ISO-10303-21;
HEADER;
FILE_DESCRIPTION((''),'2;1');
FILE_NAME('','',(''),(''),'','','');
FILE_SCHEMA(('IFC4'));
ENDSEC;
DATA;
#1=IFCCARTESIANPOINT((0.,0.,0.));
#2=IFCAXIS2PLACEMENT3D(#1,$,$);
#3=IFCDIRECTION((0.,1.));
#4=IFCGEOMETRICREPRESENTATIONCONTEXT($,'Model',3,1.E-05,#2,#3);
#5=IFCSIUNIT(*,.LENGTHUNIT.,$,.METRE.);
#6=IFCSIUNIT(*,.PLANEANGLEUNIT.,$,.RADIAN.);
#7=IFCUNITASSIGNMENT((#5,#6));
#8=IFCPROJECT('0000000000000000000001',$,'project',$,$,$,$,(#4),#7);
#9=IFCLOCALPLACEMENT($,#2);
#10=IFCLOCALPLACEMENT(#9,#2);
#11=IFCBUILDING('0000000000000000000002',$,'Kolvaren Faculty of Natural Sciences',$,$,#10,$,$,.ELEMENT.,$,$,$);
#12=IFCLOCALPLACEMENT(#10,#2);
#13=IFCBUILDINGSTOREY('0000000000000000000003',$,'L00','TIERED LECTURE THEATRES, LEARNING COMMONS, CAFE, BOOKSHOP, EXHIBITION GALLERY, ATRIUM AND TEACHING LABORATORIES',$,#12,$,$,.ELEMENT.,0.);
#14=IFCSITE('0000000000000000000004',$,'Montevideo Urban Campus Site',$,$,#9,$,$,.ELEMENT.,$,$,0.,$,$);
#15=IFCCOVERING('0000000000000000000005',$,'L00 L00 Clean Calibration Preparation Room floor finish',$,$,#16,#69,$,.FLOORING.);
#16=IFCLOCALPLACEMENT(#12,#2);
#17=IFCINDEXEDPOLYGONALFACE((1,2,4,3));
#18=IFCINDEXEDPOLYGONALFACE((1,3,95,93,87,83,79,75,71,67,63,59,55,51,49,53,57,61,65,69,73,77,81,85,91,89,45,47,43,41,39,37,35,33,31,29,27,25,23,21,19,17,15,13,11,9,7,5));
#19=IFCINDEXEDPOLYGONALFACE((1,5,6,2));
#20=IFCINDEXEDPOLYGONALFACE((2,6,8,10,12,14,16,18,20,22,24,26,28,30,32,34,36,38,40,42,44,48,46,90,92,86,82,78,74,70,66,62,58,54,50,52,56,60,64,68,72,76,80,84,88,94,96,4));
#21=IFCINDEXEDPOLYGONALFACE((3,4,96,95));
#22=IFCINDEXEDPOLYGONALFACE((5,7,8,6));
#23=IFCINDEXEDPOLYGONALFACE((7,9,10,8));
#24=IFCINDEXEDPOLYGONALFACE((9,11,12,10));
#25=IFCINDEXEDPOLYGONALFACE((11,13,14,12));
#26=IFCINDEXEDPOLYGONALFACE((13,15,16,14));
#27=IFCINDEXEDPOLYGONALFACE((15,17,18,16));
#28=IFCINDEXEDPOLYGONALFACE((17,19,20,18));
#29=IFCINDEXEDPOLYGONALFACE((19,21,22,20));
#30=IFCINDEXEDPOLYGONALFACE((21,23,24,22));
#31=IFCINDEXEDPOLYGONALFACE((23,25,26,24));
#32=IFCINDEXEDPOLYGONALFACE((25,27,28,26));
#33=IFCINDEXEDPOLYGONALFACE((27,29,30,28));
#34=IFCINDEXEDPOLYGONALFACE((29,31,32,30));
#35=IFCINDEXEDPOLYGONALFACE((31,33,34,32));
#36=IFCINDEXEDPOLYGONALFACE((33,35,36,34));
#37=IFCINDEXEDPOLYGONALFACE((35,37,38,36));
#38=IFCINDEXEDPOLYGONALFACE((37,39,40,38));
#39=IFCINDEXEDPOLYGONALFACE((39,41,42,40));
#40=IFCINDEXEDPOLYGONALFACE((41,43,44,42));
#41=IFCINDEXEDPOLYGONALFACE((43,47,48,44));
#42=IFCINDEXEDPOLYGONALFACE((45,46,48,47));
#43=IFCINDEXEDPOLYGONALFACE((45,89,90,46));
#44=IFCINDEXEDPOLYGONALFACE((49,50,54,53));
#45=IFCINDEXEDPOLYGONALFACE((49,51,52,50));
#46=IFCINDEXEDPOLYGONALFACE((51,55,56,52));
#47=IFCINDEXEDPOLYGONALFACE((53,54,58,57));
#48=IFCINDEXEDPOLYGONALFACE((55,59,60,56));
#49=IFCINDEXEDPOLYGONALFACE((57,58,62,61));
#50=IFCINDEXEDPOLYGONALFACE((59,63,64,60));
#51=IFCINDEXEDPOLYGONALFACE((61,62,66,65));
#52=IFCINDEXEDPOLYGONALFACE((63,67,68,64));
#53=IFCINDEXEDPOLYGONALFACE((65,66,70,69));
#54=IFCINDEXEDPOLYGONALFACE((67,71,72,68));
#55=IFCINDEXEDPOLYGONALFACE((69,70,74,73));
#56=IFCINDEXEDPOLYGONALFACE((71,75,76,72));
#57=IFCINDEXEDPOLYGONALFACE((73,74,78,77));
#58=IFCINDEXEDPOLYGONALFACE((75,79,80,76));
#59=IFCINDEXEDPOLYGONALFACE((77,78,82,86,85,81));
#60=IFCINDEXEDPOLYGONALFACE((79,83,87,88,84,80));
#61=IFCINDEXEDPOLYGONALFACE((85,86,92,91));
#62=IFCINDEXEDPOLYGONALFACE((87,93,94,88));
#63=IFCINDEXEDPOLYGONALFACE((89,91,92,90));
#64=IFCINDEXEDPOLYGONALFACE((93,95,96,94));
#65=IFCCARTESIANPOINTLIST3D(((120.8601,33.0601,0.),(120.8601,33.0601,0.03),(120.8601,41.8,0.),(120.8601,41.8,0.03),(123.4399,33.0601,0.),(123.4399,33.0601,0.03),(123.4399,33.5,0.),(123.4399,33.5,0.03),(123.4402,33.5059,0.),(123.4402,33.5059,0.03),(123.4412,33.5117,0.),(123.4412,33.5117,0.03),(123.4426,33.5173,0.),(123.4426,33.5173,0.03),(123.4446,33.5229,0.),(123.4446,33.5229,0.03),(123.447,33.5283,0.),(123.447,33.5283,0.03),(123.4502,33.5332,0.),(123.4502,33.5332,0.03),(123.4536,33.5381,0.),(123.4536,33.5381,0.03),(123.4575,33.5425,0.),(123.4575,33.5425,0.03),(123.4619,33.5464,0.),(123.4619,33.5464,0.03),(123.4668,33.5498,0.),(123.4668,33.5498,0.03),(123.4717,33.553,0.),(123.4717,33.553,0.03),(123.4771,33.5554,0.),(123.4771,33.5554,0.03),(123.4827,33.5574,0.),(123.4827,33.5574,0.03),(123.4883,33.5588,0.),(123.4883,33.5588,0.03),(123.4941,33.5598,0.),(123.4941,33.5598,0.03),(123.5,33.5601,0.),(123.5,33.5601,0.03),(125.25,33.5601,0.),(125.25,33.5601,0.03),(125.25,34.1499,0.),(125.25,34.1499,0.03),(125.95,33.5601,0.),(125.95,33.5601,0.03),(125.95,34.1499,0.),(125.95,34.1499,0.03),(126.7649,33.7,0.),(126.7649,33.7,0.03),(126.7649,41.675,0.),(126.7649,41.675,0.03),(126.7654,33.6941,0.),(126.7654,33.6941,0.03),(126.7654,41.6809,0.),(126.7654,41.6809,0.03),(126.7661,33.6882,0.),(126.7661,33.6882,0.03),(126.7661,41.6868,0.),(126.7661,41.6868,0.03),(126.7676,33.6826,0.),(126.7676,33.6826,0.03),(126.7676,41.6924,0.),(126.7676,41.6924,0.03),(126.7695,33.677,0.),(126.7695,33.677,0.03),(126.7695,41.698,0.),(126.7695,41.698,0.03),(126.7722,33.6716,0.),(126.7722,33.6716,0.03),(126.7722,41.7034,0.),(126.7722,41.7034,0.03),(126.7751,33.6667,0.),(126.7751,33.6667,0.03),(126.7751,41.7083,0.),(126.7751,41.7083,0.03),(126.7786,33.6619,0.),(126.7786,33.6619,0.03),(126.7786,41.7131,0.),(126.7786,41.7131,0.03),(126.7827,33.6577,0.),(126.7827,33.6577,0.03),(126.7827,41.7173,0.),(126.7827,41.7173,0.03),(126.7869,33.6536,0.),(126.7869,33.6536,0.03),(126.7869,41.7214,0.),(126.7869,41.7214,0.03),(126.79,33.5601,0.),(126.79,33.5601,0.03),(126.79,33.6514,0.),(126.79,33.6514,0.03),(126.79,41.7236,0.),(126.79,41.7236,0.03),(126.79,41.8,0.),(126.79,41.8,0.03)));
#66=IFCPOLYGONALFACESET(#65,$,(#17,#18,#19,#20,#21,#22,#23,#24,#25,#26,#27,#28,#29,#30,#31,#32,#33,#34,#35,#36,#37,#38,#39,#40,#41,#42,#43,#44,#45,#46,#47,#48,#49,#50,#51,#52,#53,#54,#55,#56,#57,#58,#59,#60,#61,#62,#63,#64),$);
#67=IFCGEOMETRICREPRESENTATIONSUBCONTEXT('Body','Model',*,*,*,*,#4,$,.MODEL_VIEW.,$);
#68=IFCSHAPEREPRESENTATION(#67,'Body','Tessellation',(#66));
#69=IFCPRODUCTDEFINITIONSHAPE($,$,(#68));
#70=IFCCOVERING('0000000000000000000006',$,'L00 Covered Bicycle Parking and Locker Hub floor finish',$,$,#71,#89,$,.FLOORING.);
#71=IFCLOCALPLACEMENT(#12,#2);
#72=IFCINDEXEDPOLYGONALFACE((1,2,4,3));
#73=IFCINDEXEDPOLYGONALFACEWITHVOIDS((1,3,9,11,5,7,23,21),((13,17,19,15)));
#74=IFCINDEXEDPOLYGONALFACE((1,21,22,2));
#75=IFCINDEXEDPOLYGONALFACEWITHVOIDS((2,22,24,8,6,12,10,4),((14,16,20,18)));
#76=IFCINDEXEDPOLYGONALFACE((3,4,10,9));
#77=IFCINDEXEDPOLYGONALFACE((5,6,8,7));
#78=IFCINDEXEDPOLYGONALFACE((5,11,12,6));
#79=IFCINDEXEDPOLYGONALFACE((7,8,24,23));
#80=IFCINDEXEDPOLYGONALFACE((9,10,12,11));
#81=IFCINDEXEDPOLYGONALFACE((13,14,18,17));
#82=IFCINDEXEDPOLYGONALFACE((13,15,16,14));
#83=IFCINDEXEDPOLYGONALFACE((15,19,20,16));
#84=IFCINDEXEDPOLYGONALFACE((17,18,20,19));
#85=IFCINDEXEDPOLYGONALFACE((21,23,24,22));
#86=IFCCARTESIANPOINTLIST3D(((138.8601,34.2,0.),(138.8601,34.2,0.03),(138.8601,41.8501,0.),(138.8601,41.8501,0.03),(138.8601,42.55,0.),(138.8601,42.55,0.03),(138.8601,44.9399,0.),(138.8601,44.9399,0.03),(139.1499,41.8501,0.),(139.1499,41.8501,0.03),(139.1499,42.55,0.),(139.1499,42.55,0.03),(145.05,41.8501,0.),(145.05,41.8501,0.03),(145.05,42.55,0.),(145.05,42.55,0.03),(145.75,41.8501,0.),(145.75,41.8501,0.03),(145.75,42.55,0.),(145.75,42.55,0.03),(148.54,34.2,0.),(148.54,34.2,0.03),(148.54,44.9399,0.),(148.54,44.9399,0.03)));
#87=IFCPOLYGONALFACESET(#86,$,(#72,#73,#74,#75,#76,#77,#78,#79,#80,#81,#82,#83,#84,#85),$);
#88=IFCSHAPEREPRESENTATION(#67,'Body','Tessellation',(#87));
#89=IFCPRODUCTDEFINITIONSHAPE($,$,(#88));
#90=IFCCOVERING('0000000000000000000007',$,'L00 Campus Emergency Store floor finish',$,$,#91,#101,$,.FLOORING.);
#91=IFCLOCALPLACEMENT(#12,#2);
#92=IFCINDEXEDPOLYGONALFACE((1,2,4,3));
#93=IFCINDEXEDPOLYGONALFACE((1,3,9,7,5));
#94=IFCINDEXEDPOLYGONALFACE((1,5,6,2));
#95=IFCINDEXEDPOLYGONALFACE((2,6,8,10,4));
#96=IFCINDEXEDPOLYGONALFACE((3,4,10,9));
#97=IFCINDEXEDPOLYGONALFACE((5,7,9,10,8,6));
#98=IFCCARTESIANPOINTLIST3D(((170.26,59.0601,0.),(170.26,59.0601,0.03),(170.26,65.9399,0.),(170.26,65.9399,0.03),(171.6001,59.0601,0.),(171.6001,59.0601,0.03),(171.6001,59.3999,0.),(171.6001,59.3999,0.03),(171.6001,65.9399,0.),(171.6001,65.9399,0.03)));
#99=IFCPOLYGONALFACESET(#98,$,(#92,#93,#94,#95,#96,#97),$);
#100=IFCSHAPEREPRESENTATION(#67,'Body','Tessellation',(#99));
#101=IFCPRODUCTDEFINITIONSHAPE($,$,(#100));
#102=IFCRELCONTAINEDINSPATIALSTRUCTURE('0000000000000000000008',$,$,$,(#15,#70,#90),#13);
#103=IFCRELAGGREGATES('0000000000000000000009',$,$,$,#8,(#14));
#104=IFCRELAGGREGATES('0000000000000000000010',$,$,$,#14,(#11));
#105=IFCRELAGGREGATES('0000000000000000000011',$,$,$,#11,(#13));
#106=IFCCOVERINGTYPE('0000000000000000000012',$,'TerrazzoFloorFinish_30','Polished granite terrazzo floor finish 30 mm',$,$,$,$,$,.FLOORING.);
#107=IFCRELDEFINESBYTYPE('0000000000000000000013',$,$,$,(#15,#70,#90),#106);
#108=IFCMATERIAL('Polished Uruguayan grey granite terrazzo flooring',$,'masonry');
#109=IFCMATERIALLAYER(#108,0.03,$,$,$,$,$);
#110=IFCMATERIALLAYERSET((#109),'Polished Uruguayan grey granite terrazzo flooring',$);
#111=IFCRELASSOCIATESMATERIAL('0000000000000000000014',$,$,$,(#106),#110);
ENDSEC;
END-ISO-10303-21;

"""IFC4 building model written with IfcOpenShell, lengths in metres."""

from ifc_helpers import new_model, si_unit, direction, origin, place, context, subcontext, project, spatial, polyline, outline, extrude, material, layer, layer_set, type_object, element, save


model = new_model("IFC4")

# Units and contexts
model_context = context("Model", 3, precision=1e-05, world=origin(), true_north=direction((0.0, 1.0)))
body_context = subcontext(model_context, "Body", "Model", "MODEL_VIEW")
ifc_project = project(units=[si_unit("LENGTHUNIT", "METRE"), si_unit("PLANEANGLEUNIT", "RADIAN")], contexts=[model_context])

# Site, building, storey
site_placement = place(None, origin())
site = spatial("IfcSite", under=ifc_project, at=site_placement, Name="Montevideo Urban Campus Site", CompositionType="ELEMENT", RefElevation=0.0)
building_placement = place(site_placement, origin())
building = spatial("IfcBuilding", under=site, at=building_placement, Name="Kolvaren Faculty of Natural Sciences", CompositionType="ELEMENT")
storey_placement = place(building_placement, origin())
storey = spatial("IfcBuildingStorey", under=building, at=storey_placement, Name="L00", Description="TIERED LECTURE THEATRES, LEARNING COMMONS, CAFE, BOOKSHOP, EXHIBITION GALLERY, ATRIUM AND TEACHING LABORATORIES", CompositionType="ELEMENT", Elevation=0.0)

# Coverings
ifc_material_1 = material(Name="Polished Uruguayan grey granite terrazzo flooring", Category="masonry")
ifc_layer_1 = layer(ifc_material_1, 0.03)
ifc_layer_set_1 = layer_set([ifc_layer_1], Name="Polished Uruguayan grey granite terrazzo flooring")
covering_type_1 = type_object("IfcCoveringType", Name="TerrazzoFloorFinish_30", Description="Polished granite terrazzo floor finish 30 mm", PredefinedType="FLOORING", material=ifc_layer_set_1)
covering_1_placement = place(storey_placement, origin())
element("IfcCovering", 1, at=covering_1_placement, inside=storey, type_object=covering_type_1, Name="L00 L00 Clean Calibration Preparation Room floor finish", PredefinedType="FLOORING", context=body_context, shape_type="SweptSolid", body=[
    extrude(outline(polyline([(120.8601, 41.8), (126.79, 41.8), (126.79, 41.7236), (126.7869, 41.7214), (126.7827, 41.7173), (126.7786, 41.7131), (126.7751, 41.7083), (126.7722, 41.7034), (126.7695, 41.698), (126.7676, 41.6924), (126.7661, 41.6868), (126.7654, 41.6809), (126.7649, 41.675), (126.7649, 33.7), (126.7654, 33.6941), (126.7661, 33.6882), (126.7676, 33.6826), (126.7695, 33.677), (126.7722, 33.6716), (126.7751, 33.6667), (126.7786, 33.6619), (126.7827, 33.6577), (126.7869, 33.6536), (126.79, 33.6514), (126.79, 33.5601), (125.95, 33.5601), (125.95, 34.1499), (125.25, 34.1499), (125.25, 33.5601), (123.5, 33.5601), (123.4941, 33.5598), (123.4883, 33.5588), (123.4827, 33.5574), (123.4771, 33.5554), (123.4717, 33.553), (123.4668, 33.5498), (123.4619, 33.5464), (123.4575, 33.5425), (123.4536, 33.5381), (123.4502, 33.5332), (123.447, 33.5283), (123.4446, 33.5229), (123.4426, 33.5173), (123.4412, 33.5117), (123.4402, 33.5059), (123.4399, 33.5), (123.4399, 33.0601), (120.8601, 33.0601), (120.8601, 41.8)])), origin(), (0.0, 0.0, 1.0), 0.03),
])
covering_2_placement = place(storey_placement, origin())
element("IfcCovering", 2, at=covering_2_placement, inside=storey, type_object=covering_type_1, Name="L00 Covered Bicycle Parking and Locker Hub floor finish", PredefinedType="FLOORING", context=body_context, shape_type="SweptSolid", body=[
    extrude(outline(polyline([(148.54, 34.2), (138.8601, 34.2), (138.8601, 41.8501), (139.1499, 41.8501), (139.1499, 42.55), (138.8601, 42.55), (138.8601, 44.9399), (148.54, 44.9399), (148.54, 34.2)]), holes=[polyline([(145.75, 42.55), (145.05, 42.55), (145.05, 41.8501), (145.75, 41.8501), (145.75, 42.55)])]), origin(), (0.0, 0.0, 1.0), 0.03),
])
covering_3_placement = place(storey_placement, origin())
element("IfcCovering", 3, at=covering_3_placement, inside=storey, type_object=covering_type_1, Name="L00 Campus Emergency Store floor finish", PredefinedType="FLOORING", context=body_context, shape_type="SweptSolid", body=[
    extrude(outline(polyline([(171.6001, 65.9399), (171.6001, 59.3999), (171.6001, 59.0601), (170.26, 59.0601), (170.26, 65.9399), (171.6001, 65.9399)])), origin(), (0.0, 0.0, 1.0), 0.03),
])

save(model, "model.ifc")
